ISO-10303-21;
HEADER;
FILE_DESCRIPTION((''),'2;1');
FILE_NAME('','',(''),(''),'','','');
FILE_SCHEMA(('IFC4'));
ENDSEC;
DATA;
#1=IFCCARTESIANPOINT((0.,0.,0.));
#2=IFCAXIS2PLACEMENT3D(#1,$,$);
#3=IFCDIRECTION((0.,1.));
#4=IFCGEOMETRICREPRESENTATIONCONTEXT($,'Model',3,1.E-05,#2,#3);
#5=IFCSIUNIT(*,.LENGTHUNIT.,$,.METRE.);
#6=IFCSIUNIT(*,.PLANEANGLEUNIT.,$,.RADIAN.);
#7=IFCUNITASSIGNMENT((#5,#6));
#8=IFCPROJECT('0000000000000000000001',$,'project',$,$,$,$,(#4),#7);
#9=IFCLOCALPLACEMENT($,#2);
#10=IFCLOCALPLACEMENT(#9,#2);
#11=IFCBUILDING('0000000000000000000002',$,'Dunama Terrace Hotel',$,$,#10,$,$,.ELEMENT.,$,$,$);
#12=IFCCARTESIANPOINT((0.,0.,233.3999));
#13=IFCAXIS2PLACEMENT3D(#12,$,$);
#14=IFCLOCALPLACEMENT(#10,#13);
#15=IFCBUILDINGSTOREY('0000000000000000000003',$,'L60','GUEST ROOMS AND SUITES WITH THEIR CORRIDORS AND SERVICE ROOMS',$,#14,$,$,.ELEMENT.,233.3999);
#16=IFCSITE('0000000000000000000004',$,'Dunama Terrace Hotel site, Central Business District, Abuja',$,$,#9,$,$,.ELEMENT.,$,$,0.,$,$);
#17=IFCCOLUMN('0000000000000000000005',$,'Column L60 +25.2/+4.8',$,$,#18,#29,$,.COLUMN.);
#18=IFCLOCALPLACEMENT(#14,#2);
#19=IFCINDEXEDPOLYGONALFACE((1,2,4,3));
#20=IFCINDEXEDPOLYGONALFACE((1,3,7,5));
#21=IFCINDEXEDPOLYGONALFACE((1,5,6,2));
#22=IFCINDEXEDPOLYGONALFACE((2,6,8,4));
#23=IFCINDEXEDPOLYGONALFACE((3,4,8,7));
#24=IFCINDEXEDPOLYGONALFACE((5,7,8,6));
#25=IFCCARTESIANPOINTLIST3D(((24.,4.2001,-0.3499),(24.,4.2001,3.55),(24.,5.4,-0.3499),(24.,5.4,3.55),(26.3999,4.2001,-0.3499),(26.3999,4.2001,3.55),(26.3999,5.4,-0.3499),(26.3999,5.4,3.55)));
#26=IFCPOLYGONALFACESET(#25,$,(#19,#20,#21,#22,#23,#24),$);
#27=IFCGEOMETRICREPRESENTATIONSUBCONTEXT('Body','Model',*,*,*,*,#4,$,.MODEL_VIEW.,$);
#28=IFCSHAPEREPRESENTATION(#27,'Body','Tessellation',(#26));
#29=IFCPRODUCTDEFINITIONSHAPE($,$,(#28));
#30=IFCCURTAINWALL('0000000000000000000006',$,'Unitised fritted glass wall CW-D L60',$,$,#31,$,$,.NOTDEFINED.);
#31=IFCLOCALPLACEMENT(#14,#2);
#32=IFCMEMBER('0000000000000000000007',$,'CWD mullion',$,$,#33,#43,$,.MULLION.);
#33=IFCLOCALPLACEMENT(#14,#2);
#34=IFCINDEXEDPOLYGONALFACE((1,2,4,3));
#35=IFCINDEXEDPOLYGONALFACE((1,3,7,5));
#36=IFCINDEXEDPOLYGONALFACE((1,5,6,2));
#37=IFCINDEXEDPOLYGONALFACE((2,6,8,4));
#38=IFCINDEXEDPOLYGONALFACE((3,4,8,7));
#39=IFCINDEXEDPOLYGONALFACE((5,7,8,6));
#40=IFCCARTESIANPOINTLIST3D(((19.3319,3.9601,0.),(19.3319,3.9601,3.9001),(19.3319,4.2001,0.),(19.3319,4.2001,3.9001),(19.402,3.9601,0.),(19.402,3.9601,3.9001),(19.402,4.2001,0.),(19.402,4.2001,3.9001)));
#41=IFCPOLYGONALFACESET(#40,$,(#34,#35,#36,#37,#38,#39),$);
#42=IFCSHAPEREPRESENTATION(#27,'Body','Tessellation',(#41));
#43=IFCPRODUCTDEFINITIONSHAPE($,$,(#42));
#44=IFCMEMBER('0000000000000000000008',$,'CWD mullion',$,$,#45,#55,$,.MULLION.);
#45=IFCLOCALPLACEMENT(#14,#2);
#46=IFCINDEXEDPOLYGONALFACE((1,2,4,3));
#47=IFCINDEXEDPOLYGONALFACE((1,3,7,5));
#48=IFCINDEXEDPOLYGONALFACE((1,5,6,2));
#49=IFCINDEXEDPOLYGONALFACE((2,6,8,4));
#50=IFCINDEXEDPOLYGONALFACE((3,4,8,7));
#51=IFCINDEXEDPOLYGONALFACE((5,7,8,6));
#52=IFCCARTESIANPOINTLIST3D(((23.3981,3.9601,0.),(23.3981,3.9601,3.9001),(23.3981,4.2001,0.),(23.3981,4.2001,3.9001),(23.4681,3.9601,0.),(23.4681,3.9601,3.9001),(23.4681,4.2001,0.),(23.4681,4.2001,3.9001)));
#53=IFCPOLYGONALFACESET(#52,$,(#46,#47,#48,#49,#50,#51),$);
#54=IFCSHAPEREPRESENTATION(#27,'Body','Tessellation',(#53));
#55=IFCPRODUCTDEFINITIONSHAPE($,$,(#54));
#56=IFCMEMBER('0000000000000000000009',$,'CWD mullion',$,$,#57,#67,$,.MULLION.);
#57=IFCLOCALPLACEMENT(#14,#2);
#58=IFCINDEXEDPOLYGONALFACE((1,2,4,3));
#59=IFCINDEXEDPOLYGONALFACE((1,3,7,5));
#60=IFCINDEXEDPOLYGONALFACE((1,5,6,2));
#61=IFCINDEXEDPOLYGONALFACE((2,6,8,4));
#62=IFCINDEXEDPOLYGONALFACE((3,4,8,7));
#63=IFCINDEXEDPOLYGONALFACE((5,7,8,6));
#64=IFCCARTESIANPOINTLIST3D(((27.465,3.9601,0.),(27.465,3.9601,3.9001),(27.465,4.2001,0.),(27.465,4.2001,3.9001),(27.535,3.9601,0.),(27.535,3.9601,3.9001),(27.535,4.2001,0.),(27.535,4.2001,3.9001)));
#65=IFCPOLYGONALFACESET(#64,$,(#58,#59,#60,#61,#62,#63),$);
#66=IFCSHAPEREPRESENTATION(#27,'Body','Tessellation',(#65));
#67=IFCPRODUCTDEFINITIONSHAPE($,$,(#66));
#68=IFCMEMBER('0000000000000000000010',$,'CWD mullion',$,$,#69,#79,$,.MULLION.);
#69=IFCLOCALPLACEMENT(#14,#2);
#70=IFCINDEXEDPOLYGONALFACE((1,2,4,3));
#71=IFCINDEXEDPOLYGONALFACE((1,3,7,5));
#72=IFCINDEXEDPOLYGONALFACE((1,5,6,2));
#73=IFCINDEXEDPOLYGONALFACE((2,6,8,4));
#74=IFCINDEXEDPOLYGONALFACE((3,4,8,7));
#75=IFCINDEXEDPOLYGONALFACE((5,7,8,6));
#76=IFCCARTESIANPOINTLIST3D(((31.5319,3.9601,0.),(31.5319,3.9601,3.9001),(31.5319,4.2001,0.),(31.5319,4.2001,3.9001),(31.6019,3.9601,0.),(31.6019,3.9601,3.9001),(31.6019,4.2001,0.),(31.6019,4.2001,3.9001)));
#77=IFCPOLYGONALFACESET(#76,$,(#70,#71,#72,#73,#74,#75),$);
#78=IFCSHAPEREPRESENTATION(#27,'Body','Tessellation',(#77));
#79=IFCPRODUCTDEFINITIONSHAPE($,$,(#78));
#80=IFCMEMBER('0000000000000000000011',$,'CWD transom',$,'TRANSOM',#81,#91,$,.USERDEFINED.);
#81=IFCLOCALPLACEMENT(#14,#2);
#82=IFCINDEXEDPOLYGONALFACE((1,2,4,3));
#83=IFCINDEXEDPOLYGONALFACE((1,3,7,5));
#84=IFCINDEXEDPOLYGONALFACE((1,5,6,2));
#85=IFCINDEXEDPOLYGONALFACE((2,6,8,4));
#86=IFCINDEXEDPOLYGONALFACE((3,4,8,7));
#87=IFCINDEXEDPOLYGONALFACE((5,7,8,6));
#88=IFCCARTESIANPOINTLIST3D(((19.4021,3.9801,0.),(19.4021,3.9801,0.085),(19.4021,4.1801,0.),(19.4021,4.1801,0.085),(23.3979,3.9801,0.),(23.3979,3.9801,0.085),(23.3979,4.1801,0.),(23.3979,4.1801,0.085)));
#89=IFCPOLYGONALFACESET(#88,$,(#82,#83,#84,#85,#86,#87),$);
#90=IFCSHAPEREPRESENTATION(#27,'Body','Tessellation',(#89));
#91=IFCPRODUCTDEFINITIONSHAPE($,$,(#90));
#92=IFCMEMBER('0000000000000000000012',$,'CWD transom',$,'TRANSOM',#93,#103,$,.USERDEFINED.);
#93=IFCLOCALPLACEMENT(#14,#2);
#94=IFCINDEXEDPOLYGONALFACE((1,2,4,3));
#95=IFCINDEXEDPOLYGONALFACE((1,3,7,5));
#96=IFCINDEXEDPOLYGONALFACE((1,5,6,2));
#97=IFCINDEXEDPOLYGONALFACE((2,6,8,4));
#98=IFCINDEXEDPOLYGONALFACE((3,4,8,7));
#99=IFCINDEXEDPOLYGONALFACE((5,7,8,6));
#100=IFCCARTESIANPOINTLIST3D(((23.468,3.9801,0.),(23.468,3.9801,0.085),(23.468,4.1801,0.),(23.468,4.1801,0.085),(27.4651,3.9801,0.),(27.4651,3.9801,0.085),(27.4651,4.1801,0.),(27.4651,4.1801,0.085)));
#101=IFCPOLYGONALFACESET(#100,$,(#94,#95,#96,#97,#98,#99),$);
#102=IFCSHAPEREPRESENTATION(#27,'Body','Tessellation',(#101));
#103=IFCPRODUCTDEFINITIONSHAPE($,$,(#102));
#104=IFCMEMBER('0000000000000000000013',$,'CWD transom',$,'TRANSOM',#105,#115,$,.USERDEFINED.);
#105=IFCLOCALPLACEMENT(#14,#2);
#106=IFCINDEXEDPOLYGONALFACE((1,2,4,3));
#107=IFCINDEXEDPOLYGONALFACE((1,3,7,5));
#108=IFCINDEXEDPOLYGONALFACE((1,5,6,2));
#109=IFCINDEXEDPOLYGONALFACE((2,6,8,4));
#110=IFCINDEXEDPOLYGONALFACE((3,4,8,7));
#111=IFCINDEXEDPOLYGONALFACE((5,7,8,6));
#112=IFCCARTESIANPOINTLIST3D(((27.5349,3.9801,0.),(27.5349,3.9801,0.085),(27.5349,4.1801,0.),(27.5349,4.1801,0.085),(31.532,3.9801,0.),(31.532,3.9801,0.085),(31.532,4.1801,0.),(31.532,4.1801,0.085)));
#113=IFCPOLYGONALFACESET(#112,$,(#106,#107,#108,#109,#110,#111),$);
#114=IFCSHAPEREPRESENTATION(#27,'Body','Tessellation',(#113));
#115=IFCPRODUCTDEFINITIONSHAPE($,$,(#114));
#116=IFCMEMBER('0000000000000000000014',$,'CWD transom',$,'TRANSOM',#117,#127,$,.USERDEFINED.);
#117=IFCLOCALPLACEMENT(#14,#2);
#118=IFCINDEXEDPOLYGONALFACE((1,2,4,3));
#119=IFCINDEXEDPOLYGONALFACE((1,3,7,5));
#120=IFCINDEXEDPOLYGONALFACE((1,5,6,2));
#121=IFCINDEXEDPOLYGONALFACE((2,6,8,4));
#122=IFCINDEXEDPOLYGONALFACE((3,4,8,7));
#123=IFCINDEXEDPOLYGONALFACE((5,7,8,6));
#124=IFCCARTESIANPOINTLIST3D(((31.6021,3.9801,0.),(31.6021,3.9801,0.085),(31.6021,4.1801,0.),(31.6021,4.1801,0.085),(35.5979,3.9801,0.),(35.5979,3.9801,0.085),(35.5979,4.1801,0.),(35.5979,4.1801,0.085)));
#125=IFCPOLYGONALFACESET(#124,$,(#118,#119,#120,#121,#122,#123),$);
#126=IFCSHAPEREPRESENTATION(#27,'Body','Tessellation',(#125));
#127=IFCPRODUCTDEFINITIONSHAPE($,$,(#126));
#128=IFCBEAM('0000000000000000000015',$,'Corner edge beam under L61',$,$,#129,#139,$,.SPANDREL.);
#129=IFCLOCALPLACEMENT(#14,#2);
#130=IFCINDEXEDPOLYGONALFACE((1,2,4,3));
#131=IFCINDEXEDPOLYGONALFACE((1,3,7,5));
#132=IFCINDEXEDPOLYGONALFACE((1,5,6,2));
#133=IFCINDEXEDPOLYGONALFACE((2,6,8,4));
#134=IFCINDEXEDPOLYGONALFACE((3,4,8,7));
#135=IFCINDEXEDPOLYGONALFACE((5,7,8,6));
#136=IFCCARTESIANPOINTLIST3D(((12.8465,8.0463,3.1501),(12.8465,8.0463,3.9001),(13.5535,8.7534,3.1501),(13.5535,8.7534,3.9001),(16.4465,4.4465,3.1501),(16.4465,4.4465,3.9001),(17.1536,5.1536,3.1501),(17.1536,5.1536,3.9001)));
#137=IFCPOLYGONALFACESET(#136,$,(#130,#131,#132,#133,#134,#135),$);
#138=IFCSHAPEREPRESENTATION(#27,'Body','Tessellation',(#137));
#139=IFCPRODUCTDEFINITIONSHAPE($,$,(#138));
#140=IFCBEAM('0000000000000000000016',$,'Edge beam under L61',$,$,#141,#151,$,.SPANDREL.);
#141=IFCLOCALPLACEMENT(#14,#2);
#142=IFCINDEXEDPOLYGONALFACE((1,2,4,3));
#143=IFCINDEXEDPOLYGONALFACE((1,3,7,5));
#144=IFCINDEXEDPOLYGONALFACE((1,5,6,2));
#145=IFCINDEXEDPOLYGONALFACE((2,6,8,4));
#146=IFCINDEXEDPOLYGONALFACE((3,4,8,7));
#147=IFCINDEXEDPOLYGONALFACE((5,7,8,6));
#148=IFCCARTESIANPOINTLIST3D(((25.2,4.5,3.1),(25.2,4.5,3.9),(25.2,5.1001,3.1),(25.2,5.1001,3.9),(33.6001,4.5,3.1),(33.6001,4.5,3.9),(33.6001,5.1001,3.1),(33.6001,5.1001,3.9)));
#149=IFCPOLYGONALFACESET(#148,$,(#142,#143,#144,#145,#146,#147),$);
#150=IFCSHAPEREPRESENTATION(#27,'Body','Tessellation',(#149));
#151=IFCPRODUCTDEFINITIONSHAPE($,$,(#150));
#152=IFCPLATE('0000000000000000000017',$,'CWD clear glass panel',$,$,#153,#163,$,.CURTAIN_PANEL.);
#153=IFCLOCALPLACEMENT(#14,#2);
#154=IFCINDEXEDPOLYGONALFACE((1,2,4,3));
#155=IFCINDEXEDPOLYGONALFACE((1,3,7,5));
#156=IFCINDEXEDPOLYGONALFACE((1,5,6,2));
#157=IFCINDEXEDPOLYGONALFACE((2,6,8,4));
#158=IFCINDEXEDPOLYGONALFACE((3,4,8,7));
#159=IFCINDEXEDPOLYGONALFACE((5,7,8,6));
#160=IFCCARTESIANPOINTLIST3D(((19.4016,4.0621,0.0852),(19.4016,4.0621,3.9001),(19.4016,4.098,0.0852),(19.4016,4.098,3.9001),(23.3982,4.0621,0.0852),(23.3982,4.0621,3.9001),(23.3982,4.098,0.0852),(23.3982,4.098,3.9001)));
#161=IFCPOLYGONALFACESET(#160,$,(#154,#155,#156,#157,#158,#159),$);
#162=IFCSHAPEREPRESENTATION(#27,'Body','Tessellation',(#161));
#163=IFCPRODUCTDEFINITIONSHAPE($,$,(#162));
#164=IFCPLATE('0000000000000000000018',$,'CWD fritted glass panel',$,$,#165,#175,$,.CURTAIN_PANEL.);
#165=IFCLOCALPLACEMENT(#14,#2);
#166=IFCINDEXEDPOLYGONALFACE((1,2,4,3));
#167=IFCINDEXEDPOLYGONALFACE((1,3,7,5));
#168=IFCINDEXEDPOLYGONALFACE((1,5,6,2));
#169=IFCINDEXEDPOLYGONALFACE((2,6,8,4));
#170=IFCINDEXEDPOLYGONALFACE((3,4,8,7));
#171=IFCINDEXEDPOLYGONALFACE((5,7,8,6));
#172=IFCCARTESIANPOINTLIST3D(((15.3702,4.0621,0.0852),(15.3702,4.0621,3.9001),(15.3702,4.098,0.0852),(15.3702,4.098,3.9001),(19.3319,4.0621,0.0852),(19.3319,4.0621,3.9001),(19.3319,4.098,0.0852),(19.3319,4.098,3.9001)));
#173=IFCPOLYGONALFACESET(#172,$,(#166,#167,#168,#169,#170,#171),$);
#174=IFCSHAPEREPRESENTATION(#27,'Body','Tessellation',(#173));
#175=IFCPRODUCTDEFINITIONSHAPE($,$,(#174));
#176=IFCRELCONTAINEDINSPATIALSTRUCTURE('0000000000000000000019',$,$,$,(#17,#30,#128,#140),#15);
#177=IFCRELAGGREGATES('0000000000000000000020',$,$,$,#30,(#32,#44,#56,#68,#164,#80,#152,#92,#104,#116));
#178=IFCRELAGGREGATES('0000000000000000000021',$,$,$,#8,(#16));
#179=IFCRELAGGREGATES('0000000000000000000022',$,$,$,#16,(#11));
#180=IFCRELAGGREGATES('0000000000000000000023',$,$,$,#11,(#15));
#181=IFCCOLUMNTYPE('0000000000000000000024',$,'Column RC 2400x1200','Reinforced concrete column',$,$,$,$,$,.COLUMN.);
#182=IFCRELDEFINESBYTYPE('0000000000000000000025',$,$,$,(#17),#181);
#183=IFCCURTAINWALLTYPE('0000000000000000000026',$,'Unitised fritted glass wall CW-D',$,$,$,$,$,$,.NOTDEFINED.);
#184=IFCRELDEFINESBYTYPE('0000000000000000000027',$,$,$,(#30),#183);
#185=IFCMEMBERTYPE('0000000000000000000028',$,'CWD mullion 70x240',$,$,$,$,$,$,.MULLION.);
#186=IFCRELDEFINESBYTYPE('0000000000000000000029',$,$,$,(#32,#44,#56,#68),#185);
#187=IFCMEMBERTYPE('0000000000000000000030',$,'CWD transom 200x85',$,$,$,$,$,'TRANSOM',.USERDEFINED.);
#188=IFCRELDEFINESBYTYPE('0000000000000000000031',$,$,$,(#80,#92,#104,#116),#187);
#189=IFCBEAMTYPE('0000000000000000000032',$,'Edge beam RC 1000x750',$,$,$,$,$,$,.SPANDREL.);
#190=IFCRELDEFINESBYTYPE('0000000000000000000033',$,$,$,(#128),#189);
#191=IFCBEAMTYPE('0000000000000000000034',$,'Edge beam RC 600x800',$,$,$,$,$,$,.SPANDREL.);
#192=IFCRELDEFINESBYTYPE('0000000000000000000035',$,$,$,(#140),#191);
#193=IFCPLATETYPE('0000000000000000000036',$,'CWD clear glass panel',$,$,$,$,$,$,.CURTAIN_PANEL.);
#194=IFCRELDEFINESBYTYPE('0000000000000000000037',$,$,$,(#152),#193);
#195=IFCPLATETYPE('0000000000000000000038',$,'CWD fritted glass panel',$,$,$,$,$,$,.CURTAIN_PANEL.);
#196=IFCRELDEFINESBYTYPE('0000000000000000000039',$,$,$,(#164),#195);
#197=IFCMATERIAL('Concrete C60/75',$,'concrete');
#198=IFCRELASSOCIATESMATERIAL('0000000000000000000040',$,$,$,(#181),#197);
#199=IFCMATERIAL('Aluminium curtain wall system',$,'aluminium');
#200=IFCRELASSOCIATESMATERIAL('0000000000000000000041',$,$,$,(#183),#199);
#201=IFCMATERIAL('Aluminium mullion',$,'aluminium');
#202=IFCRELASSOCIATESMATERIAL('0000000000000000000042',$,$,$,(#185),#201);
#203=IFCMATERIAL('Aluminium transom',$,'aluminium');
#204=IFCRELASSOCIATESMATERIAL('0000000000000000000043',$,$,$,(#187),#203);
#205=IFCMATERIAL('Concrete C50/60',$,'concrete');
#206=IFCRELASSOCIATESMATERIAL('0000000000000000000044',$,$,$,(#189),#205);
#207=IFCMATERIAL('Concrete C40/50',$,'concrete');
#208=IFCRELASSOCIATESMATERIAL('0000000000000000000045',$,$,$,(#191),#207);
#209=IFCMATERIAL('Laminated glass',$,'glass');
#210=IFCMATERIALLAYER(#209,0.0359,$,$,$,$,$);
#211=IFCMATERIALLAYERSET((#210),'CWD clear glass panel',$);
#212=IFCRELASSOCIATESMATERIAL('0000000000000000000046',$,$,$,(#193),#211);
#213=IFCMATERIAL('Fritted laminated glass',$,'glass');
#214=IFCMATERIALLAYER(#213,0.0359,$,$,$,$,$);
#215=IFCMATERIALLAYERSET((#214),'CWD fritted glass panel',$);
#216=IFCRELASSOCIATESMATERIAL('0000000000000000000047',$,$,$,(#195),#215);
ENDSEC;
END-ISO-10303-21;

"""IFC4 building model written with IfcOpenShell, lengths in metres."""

from ifc_helpers import new_model, si_unit, direction, frame, origin, origin_2d, place, context, subcontext, project, spatial, rectangle, extrude, material, layer, layer_set, material_profile, profile_set, type_object, element, aggregate, save


model = new_model("IFC4")

# Units and contexts
model_context = context("Model", 3, precision=1e-05, world=origin(), true_north=direction((0.0, 1.0)))
body_context = subcontext(model_context, "Body", "Model", "MODEL_VIEW")
ifc_project = project(units=[si_unit("LENGTHUNIT", "METRE"), si_unit("PLANEANGLEUNIT", "RADIAN")], contexts=[model_context])

# Site, building, storey
site_placement = place(None, origin())
site = spatial("IfcSite", under=ifc_project, at=site_placement, Name="Dunama Terrace Hotel site, Central Business District, Abuja", CompositionType="ELEMENT", RefElevation=0.0)
building_placement = place(site_placement, origin())
building = spatial("IfcBuilding", under=site, at=building_placement, Name="Dunama Terrace Hotel", CompositionType="ELEMENT")
storey_placement = place(building_placement, frame((0.0, 0.0, 233.3999)))
storey = spatial("IfcBuildingStorey", under=building, at=storey_placement, Name="L60", Description="GUEST ROOMS AND SUITES WITH THEIR CORRIDORS AND SERVICE ROOMS", CompositionType="ELEMENT", Elevation=233.3999)

# Column
ifc_material_1 = material(Name="Concrete C60/75", Category="concrete")
ifc_material_profile_1 = material_profile(ifc_material_1, rectangle(XDim=2.3999, YDim=1.2, at=origin_2d()), Name="RC 2400x1200")
ifc_profile_set_1 = profile_set([ifc_material_profile_1], Name="Concrete C60/75")
column_type = type_object("IfcColumnType", Name="Column RC 2400x1200", Description="Reinforced concrete column", PredefinedType="COLUMN", material=ifc_profile_set_1)
column_placement = place(storey_placement, frame((25.2, 4.8, -0.3499), z_axis=(0.0, 0.0, 1.0), x_axis=(1.0, 0.0, 0.0)))
element("IfcColumn", 1, at=column_placement, inside=storey, type_object=column_type, Name="Column L60 +25.2/+4.8", PredefinedType="COLUMN", context=body_context, shape_type="SweptSolid", body=[
    extrude(rectangle(XDim=2.3999, YDim=1.2, at=origin_2d()), origin(), (0.0, 0.0, 1.0), 3.8999),
])

# Curtain wall, members
ifc_material_2 = material(Name="Aluminium curtain wall system", Category="aluminium")
curtain_wall_type = type_object("IfcCurtainWallType", Name="Unitised fritted glass wall CW-D", PredefinedType="NOTDEFINED", material=ifc_material_2)
curtain_wall_placement = place(storey_placement, origin())
curtain_wall = element("IfcCurtainWall", 2, at=curtain_wall_placement, inside=storey, type_object=curtain_wall_type, Name="Unitised fritted glass wall CW-D L60", PredefinedType="NOTDEFINED")
ifc_material_3 = material(Name="Aluminium mullion", Category="aluminium")
ifc_material_profile_2 = material_profile(ifc_material_3, rectangle(XDim=0.0701, YDim=0.24, at=origin_2d()), Name="CWD MULLION 70X240")
ifc_profile_set_2 = profile_set([ifc_material_profile_2], Name="Aluminium mullion")
member_type_1 = type_object("IfcMemberType", Name="CWD mullion 70x240", PredefinedType="MULLION", material=ifc_profile_set_2)
member_1_placement = place(storey_placement, frame((19.3669, 4.0801, 0.0), z_axis=(0.0, 0.0, 1.0), x_axis=(1.0, 0.0, 0.0)))
member_1 = element("IfcMember", 3, at=member_1_placement, type_object=member_type_1, Name="CWD mullion", PredefinedType="MULLION", context=body_context, shape_type="SweptSolid", body=[
    extrude(rectangle(XDim=0.0701, YDim=0.24, at=origin_2d()), origin(), (0.0, 0.0, 1.0), 3.9001),
])
member_2_placement = place(storey_placement, frame((23.4331, 4.0801, 0.0), z_axis=(0.0, 0.0, 1.0), x_axis=(1.0, 0.0, 0.0)))
member_2 = element("IfcMember", 4, at=member_2_placement, type_object=member_type_1, Name="CWD mullion", PredefinedType="MULLION", context=body_context, shape_type="SweptSolid", body=[
    extrude(rectangle(XDim=0.0701, YDim=0.24, at=origin_2d()), origin(), (0.0, 0.0, 1.0), 3.9001),
])
member_3_placement = place(storey_placement, frame((27.5, 4.0801, 0.0), z_axis=(0.0, 0.0, 1.0), x_axis=(1.0, 0.0, 0.0)))
member_3 = element("IfcMember", 5, at=member_3_placement, type_object=member_type_1, Name="CWD mullion", PredefinedType="MULLION", context=body_context, shape_type="SweptSolid", body=[
    extrude(rectangle(XDim=0.0701, YDim=0.24, at=origin_2d()), origin(), (0.0, 0.0, 1.0), 3.9001),
])
member_4_placement = place(storey_placement, frame((31.5669, 4.0801, 0.0), z_axis=(0.0, 0.0, 1.0), x_axis=(1.0, 0.0, 0.0)))
member_4 = element("IfcMember", 6, at=member_4_placement, type_object=member_type_1, Name="CWD mullion", PredefinedType="MULLION", context=body_context, shape_type="SweptSolid", body=[
    extrude(rectangle(XDim=0.0701, YDim=0.24, at=origin_2d()), origin(), (0.0, 0.0, 1.0), 3.9001),
])
ifc_material_4 = material(Name="Aluminium transom", Category="aluminium")
ifc_material_profile_3 = material_profile(ifc_material_4, rectangle(XDim=0.2, YDim=0.085, at=origin_2d()), Name="CWD TRANSOM 200X85")
ifc_profile_set_3 = profile_set([ifc_material_profile_3], Name="Aluminium transom")
member_type_2 = type_object("IfcMemberType", Name="CWD transom 200x85", ElementType="TRANSOM", PredefinedType="USERDEFINED", material=ifc_profile_set_3)
member_5_placement = place(storey_placement, frame((19.4021, 4.0801, 0.0425), z_axis=(1.0, 0.0, 0.0), x_axis=(0.0, 1.0, 0.0)))
member_5 = element("IfcMember", 7, at=member_5_placement, type_object=member_type_2, Name="CWD transom", ObjectType="TRANSOM", PredefinedType="USERDEFINED", context=body_context, shape_type="SweptSolid", body=[
    extrude(rectangle(XDim=0.2, YDim=0.085, at=origin_2d()), origin(), (0.0, 0.0, 1.0), 3.9958),
])
member_6_placement = place(storey_placement, frame((23.468, 4.0801, 0.0425), z_axis=(1.0, 0.0, 0.0), x_axis=(0.0, 1.0, 0.0)))
member_6 = element("IfcMember", 8, at=member_6_placement, type_object=member_type_2, Name="CWD transom", ObjectType="TRANSOM", PredefinedType="USERDEFINED", context=body_context, shape_type="SweptSolid", body=[
    extrude(rectangle(XDim=0.2, YDim=0.085, at=origin_2d()), origin(), (0.0, 0.0, 1.0), 3.9971),
])
member_7_placement = place(storey_placement, frame((27.5349, 4.0801, 0.0425), z_axis=(1.0, 0.0, 0.0), x_axis=(0.0, 1.0, 0.0)))
member_7 = element("IfcMember", 9, at=member_7_placement, type_object=member_type_2, Name="CWD transom", ObjectType="TRANSOM", PredefinedType="USERDEFINED", context=body_context, shape_type="SweptSolid", body=[
    extrude(rectangle(XDim=0.2, YDim=0.085, at=origin_2d()), origin(), (0.0, 0.0, 1.0), 3.9971),
])
member_8_placement = place(storey_placement, frame((31.6021, 4.0801, 0.0425), z_axis=(1.0, 0.0, 0.0), x_axis=(0.0, 1.0, 0.0)))
member_8 = element("IfcMember", 10, at=member_8_placement, type_object=member_type_2, Name="CWD transom", ObjectType="TRANSOM", PredefinedType="USERDEFINED", context=body_context, shape_type="SweptSolid", body=[
    extrude(rectangle(XDim=0.2, YDim=0.085, at=origin_2d()), origin(), (0.0, 0.0, 1.0), 3.9958),
])

# Beams
ifc_material_5 = material(Name="Concrete C50/60", Category="concrete")
ifc_material_profile_4 = material_profile(ifc_material_5, rectangle(XDim=1.0, YDim=0.75, at=origin_2d()), Name="RC 1000x750")
ifc_profile_set_4 = profile_set([ifc_material_profile_4], Name="Concrete C50/60")
beam_type_1 = type_object("IfcBeamType", Name="Edge beam RC 1000x750", PredefinedType="SPANDREL", material=ifc_profile_set_4)
beam_1_placement = place(storey_placement, frame((16.8, 4.8, 3.5251), z_axis=(-0.707131, 0.707083, 0.0), x_axis=(-0.707083, -0.707131, 0.0)))
element("IfcBeam", 11, at=beam_1_placement, inside=storey, type_object=beam_type_1, Name="Corner edge beam under L61", PredefinedType="SPANDREL", context=body_context, shape_type="SweptSolid", body=[
    extrude(rectangle(XDim=1.0, YDim=0.75, at=origin_2d()), origin(), (0.0, 0.0, 1.0), 5.0911),
])
ifc_material_6 = material(Name="Concrete C40/50", Category="concrete")
ifc_material_profile_5 = material_profile(ifc_material_6, rectangle(XDim=0.6001, YDim=0.8, at=origin_2d()), Name="RC 600x800")
ifc_profile_set_5 = profile_set([ifc_material_profile_5], Name="Concrete C40/50")
beam_type_2 = type_object("IfcBeamType", Name="Edge beam RC 600x800", PredefinedType="SPANDREL", material=ifc_profile_set_5)
beam_2_placement = place(storey_placement, frame((25.2, 4.8, 3.5), z_axis=(1.0, 0.0, 0.0), x_axis=(0.0, 1.0, 0.0)))
element("IfcBeam", 12, at=beam_2_placement, inside=storey, type_object=beam_type_2, Name="Edge beam under L61", PredefinedType="SPANDREL", context=body_context, shape_type="SweptSolid", body=[
    extrude(rectangle(XDim=0.6001, YDim=0.8, at=origin_2d()), origin(), (0.0, 0.0, 1.0), 8.4001),
])

# Plates
ifc_material_7 = material(Name="Laminated glass", Category="glass")
ifc_layer_1 = layer(ifc_material_7, 0.0359)
ifc_layer_set_1 = layer_set([ifc_layer_1], Name="CWD clear glass panel")
plate_type_1 = type_object("IfcPlateType", Name="CWD clear glass panel", PredefinedType="CURTAIN_PANEL", material=ifc_layer_set_1)
plate_1_placement = place(storey_placement, frame((21.3999, 4.0801, 0.0852), z_axis=(0.0, 0.0, 1.0), x_axis=(1.0, 0.0, 0.0)))
plate_1 = element("IfcPlate", 13, at=plate_1_placement, type_object=plate_type_1, Name="CWD clear glass panel", PredefinedType="CURTAIN_PANEL", context=body_context, shape_type="SweptSolid", body=[
    extrude(rectangle(XDim=3.9966, YDim=0.0359, at=origin_2d()), origin(), (0.0, 0.0, 1.0), 3.8149),
])
ifc_material_8 = material(Name="Fritted laminated glass", Category="glass")
ifc_layer_2 = layer(ifc_material_8, 0.0359)
ifc_layer_set_2 = layer_set([ifc_layer_2], Name="CWD fritted glass panel")
plate_type_2 = type_object("IfcPlateType", Name="CWD fritted glass panel", PredefinedType="CURTAIN_PANEL", material=ifc_layer_set_2)
plate_2_placement = place(storey_placement, frame((17.3511, 4.0801, 0.0852), z_axis=(0.0, 0.0, 1.0), x_axis=(1.0, 0.0, 0.0)))
plate_2 = element("IfcPlate", 14, at=plate_2_placement, type_object=plate_type_2, Name="CWD fritted glass panel", PredefinedType="CURTAIN_PANEL", context=body_context, shape_type="SweptSolid", body=[
    extrude(rectangle(XDim=3.9617, YDim=0.0359, at=origin_2d()), origin(), (0.0, 0.0, 1.0), 3.8149),
])
aggregate(curtain_wall, [member_1, member_2, member_3, member_4, plate_2, member_5, plate_1, member_6, member_7, member_8])

save(model, "model.ifc")
